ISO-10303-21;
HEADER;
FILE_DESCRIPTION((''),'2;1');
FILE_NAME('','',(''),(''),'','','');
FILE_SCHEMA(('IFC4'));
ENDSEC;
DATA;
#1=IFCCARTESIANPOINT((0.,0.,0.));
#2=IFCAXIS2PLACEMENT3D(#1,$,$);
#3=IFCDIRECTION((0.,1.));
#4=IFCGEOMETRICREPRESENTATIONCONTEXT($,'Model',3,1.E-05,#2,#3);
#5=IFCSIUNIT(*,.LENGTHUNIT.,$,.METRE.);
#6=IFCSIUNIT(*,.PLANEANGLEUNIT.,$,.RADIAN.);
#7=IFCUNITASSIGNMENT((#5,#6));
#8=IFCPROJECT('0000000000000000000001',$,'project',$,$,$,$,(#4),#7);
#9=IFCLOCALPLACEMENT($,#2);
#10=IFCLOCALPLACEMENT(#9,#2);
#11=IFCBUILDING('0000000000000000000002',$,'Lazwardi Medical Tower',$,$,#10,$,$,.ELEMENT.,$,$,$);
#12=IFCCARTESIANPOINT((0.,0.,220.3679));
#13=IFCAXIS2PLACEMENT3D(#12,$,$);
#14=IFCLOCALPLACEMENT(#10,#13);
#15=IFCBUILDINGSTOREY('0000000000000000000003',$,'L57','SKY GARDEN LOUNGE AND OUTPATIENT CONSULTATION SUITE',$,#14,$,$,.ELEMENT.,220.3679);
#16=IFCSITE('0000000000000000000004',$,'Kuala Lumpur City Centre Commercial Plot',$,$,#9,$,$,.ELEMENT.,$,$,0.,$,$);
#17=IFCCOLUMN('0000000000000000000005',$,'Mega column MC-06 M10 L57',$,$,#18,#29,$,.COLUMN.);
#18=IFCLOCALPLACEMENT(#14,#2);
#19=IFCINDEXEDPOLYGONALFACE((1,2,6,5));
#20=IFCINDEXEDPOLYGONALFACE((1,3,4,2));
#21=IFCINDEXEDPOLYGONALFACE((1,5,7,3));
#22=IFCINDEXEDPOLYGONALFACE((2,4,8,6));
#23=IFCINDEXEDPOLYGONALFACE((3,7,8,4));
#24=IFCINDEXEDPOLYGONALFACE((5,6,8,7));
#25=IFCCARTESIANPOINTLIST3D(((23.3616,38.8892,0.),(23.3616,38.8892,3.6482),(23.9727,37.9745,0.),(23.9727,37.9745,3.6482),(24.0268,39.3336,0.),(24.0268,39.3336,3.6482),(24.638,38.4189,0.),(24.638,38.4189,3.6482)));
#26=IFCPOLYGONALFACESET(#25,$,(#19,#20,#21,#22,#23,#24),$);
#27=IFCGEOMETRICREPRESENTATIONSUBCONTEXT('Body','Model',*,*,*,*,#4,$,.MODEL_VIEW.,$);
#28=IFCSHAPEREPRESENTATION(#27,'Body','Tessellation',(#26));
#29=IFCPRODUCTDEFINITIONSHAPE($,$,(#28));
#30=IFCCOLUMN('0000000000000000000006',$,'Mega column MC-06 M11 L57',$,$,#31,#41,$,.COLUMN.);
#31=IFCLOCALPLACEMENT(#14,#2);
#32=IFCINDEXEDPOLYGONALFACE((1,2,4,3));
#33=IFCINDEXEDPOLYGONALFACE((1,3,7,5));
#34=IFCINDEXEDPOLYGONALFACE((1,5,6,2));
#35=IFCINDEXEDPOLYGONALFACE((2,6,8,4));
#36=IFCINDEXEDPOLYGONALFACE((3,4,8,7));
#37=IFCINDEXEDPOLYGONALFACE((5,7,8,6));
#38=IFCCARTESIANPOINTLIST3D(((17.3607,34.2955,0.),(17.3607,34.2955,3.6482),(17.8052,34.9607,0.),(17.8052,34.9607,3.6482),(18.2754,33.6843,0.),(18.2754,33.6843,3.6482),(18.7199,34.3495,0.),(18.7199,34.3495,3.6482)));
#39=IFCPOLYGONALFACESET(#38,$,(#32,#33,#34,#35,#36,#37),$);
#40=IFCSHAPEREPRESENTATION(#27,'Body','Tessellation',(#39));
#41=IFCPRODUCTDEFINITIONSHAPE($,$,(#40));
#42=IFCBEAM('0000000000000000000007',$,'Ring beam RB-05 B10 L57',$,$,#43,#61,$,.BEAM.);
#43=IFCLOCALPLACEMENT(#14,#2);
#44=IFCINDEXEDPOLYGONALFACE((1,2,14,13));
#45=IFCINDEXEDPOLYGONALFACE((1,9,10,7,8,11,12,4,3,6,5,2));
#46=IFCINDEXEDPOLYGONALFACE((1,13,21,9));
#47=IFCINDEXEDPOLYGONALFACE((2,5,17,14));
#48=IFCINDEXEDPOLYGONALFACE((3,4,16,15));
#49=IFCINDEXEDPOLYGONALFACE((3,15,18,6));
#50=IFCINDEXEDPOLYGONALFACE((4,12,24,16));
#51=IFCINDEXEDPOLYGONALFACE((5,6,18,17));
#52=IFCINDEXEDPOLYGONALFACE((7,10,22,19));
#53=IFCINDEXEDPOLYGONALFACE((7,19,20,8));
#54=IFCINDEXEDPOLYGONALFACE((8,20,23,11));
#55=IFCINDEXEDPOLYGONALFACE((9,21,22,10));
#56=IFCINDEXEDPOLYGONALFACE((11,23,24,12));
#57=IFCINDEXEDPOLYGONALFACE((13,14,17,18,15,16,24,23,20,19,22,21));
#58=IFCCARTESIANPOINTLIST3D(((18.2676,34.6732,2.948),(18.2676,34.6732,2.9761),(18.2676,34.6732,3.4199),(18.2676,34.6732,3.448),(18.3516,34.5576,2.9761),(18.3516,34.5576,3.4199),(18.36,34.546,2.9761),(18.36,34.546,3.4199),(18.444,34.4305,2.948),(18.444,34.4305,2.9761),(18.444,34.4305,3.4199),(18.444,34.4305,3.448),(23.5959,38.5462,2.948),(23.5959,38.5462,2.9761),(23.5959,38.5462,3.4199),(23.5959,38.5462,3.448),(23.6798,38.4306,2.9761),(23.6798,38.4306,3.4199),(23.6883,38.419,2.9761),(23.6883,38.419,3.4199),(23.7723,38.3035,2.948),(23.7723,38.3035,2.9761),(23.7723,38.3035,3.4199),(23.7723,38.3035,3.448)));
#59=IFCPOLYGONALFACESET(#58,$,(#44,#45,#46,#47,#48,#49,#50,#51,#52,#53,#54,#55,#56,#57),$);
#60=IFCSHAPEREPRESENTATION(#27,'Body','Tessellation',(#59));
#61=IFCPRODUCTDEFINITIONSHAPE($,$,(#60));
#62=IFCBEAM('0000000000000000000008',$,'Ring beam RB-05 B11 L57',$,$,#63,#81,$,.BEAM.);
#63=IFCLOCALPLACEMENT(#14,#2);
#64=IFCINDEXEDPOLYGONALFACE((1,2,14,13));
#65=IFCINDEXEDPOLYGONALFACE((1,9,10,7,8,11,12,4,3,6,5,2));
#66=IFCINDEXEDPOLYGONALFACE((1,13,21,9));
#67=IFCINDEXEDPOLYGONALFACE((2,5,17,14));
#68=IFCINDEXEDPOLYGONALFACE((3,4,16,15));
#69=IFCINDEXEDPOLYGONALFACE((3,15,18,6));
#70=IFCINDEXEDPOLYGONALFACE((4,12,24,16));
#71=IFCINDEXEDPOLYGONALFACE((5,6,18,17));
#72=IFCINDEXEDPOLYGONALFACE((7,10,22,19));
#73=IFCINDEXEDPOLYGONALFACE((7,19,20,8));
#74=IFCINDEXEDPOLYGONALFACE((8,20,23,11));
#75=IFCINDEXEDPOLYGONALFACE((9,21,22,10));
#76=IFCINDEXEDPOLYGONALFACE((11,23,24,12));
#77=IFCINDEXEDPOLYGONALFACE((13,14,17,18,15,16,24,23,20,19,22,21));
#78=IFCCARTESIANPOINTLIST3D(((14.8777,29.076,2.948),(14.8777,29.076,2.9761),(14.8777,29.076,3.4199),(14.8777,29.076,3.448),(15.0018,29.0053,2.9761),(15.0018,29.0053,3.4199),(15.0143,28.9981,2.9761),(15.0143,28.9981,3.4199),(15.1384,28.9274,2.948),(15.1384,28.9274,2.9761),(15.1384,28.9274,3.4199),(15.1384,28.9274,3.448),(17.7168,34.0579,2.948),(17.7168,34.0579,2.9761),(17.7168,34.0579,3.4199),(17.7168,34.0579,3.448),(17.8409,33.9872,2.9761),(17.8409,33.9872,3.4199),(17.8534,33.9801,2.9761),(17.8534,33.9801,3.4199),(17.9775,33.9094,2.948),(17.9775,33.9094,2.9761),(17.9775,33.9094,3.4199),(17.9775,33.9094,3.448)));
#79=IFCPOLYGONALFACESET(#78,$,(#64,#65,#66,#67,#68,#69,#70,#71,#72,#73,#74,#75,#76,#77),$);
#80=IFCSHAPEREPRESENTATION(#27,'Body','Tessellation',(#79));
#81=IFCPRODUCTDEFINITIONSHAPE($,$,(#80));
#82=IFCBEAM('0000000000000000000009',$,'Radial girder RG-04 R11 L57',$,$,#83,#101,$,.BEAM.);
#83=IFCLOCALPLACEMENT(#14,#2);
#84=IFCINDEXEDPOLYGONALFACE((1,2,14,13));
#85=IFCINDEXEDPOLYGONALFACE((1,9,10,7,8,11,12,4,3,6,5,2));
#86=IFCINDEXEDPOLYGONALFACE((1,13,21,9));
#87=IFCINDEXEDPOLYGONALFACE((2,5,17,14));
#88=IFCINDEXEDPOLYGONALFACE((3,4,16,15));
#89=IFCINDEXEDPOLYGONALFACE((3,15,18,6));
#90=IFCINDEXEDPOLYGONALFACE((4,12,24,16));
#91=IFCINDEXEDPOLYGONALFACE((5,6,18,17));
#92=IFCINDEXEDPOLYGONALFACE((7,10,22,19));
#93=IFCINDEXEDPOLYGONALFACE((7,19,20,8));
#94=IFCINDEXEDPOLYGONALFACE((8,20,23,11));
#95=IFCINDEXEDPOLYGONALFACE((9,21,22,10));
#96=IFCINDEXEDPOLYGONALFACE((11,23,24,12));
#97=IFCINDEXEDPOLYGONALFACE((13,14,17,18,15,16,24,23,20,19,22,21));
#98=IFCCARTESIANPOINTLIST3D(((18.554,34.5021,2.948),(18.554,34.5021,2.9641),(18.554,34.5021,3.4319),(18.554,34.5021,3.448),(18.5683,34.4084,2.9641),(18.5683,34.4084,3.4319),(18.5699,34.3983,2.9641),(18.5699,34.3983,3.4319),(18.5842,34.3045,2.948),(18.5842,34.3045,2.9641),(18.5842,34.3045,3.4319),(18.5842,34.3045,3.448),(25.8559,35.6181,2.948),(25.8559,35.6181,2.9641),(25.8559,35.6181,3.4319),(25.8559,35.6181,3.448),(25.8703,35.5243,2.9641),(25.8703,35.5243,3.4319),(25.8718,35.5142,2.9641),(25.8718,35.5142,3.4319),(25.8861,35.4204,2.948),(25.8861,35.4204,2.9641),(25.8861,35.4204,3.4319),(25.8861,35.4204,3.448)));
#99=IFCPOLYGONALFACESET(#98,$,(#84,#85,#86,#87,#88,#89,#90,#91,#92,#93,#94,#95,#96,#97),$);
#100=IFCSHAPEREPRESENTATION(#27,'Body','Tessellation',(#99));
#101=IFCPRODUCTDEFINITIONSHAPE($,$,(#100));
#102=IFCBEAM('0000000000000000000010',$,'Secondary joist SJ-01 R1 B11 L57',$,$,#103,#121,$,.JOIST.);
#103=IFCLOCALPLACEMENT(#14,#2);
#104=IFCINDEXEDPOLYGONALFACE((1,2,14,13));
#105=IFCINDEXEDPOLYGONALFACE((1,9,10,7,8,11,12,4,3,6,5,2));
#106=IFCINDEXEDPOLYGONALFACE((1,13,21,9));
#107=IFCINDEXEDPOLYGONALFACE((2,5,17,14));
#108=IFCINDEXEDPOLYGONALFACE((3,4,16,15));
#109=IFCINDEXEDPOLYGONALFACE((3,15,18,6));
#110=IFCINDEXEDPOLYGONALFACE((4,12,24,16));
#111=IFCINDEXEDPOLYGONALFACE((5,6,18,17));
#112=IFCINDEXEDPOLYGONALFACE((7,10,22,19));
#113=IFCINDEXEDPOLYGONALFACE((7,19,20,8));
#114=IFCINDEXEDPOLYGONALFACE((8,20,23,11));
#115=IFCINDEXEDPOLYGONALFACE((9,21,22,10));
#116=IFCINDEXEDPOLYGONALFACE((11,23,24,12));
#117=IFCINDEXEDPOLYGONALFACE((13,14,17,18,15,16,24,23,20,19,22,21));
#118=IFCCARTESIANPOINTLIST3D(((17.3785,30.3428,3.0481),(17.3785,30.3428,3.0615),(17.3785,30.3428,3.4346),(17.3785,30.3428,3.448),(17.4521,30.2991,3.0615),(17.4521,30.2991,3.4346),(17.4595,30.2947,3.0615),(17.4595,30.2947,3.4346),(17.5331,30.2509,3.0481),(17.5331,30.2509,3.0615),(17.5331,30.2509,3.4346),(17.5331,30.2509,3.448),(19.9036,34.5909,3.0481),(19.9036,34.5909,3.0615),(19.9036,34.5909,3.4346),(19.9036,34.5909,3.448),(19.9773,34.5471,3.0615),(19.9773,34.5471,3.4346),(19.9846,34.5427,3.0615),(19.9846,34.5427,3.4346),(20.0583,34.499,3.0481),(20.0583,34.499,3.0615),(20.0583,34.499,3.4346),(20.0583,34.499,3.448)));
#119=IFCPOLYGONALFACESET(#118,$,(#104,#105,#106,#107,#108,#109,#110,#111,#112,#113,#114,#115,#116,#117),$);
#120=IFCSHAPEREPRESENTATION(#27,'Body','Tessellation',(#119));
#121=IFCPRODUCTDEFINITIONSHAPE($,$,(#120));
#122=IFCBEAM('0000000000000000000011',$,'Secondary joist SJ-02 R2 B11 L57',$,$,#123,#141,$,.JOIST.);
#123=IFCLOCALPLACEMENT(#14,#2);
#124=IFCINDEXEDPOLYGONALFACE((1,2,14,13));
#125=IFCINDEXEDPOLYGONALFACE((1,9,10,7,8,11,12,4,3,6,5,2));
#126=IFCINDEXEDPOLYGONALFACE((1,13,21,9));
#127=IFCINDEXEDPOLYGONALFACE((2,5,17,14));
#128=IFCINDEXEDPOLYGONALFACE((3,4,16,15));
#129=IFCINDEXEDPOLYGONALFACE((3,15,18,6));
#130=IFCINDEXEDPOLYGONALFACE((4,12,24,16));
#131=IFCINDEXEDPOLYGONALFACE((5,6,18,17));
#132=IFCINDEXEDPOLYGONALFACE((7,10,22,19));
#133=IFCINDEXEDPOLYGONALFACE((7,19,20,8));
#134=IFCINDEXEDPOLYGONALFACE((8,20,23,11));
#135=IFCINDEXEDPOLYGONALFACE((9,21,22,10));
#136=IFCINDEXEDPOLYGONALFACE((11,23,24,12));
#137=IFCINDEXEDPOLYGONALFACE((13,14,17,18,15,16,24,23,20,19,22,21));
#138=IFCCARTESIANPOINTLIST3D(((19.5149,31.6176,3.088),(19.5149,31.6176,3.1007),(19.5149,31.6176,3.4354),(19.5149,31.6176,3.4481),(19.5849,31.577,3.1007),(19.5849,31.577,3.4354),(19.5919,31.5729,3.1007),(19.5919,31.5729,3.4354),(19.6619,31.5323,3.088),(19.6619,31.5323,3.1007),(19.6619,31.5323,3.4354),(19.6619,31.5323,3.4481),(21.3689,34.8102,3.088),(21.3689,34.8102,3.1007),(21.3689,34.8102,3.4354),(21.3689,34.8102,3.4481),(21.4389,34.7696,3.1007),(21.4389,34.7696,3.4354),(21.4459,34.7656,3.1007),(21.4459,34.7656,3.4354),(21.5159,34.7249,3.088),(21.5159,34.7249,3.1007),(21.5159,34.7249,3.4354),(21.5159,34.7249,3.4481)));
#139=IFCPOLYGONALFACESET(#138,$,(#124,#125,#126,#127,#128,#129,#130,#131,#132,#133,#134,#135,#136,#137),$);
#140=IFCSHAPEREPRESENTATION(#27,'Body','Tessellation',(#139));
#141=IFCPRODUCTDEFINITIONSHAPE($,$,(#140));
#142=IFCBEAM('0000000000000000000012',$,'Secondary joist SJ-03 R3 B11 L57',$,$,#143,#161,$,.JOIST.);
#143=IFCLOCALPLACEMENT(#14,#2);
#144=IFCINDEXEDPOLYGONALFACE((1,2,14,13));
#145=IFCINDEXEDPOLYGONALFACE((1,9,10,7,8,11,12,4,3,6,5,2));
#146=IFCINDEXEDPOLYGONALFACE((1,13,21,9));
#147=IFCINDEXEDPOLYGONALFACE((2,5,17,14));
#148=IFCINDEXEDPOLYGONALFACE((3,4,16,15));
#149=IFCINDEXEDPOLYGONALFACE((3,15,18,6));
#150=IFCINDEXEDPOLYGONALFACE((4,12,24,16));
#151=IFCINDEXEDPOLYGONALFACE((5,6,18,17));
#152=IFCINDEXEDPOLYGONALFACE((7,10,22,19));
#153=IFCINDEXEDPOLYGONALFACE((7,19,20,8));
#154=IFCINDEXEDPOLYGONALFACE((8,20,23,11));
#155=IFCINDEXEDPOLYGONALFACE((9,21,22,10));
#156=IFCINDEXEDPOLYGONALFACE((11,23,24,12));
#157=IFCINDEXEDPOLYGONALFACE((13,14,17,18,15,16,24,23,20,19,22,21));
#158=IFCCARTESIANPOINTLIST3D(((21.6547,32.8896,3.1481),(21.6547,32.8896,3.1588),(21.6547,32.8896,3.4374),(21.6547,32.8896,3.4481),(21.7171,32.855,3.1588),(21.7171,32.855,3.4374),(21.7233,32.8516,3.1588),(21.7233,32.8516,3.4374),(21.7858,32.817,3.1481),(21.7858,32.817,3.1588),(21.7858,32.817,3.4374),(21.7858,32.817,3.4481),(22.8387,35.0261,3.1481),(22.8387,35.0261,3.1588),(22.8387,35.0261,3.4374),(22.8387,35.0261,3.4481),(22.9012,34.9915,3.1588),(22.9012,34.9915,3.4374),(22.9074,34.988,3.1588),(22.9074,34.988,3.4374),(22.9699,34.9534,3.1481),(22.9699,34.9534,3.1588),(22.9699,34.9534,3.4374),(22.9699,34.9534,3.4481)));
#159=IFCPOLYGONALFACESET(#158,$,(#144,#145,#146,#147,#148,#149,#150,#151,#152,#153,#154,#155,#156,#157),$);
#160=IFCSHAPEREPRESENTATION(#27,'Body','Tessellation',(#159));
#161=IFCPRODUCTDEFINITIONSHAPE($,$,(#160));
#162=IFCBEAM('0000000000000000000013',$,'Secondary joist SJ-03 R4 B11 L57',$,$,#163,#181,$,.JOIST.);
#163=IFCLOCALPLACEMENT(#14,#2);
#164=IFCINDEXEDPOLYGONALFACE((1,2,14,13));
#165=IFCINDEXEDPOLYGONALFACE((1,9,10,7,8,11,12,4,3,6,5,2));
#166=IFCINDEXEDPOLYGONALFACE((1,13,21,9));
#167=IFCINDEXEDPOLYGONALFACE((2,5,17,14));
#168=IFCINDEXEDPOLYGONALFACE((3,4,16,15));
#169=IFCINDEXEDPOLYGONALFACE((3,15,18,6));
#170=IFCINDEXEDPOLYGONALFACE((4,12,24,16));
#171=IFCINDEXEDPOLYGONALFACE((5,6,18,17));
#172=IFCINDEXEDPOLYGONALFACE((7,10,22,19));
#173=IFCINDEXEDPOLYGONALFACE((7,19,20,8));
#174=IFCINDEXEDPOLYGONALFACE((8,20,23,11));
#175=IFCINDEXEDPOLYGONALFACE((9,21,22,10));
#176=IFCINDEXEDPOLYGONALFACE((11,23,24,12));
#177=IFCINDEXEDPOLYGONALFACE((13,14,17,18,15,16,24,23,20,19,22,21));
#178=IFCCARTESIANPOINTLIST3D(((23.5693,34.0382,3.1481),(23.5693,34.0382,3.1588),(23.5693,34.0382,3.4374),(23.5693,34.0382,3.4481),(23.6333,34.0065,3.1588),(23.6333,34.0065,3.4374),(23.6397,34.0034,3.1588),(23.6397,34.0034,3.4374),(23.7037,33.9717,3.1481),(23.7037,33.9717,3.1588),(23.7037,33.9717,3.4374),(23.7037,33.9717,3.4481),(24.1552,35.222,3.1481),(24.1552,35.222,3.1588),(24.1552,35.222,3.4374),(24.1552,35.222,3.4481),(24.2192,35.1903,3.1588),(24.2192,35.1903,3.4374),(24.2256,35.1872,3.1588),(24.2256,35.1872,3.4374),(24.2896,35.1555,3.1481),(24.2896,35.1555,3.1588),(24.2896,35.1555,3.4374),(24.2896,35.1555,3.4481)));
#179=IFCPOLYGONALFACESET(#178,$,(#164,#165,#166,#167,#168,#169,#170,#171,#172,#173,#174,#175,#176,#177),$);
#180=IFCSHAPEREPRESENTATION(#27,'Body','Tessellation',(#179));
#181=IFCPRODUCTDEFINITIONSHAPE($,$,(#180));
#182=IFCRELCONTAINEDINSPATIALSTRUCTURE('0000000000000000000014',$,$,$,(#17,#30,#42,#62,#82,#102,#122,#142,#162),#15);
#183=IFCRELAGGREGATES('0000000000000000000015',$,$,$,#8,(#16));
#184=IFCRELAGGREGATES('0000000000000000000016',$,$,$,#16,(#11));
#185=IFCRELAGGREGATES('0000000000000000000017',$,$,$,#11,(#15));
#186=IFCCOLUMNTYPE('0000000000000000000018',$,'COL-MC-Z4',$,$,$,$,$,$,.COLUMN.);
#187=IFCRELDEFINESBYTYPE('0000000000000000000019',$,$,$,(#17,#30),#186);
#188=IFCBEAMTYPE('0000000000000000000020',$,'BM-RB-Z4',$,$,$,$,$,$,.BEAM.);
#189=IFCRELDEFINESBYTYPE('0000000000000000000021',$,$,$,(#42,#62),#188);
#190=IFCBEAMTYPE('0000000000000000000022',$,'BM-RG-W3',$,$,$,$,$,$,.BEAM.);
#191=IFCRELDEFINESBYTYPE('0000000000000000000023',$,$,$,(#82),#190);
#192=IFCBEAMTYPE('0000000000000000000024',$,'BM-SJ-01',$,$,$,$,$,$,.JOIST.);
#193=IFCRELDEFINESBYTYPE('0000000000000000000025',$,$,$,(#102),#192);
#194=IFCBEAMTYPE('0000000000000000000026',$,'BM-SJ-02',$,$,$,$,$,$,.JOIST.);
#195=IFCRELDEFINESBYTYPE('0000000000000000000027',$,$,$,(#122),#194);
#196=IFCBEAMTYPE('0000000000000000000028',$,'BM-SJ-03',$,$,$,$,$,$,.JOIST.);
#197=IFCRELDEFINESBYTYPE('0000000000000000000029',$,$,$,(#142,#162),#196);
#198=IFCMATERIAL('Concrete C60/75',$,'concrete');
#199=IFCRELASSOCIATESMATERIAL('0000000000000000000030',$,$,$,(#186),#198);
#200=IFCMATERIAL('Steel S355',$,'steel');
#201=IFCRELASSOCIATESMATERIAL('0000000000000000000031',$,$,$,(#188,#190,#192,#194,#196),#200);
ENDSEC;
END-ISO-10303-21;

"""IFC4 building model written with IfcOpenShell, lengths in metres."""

from ifc_helpers import new_model, si_unit, direction, frame, origin, origin_2d, place, context, subcontext, project, spatial, rectangle, i_section, extrude, material, material_profile, profile_set, type_object, element, save


model = new_model("IFC4")

# Units and contexts
model_context = context("Model", 3, precision=1e-05, world=origin(), true_north=direction((0.0, 1.0)))
body_context = subcontext(model_context, "Body", "Model", "MODEL_VIEW")
ifc_project = project(units=[si_unit("LENGTHUNIT", "METRE"), si_unit("PLANEANGLEUNIT", "RADIAN")], contexts=[model_context])

# Site, building, storey
site_placement = place(None, origin())
site = spatial("IfcSite", under=ifc_project, at=site_placement, Name="Kuala Lumpur City Centre Commercial Plot", CompositionType="ELEMENT", RefElevation=0.0)
building_placement = place(site_placement, origin())
building = spatial("IfcBuilding", under=site, at=building_placement, Name="Lazwardi Medical Tower", CompositionType="ELEMENT")
storey_placement = place(building_placement, frame((0.0, 0.0, 220.3679)))
storey = spatial("IfcBuildingStorey", under=building, at=storey_placement, Name="L57", Description="SKY GARDEN LOUNGE AND OUTPATIENT CONSULTATION SUITE", CompositionType="ELEMENT", Elevation=220.3679)

# Columns
ifc_material_1 = material(Name="Concrete C60/75", Category="concrete")
ifc_material_profile_1 = material_profile(ifc_material_1, rectangle(XDim=1.1001, YDim=0.8, at=origin_2d()), Name="CFT-RECT 1100x800")
ifc_profile_set_1 = profile_set([ifc_material_profile_1], Name="Concrete C60/75")
column_type = type_object("IfcColumnType", Name="COL-MC-Z4", PredefinedType="COLUMN", material=ifc_profile_set_1)
for number, where, z_axis, x_axis, name in (
    (1, (23.9998, 38.6541, 0.0), (0.0, 0.0, 1.0), (-0.55557, 0.83147, 0.0), "Mega column MC-06 M10 L57"),
    (2, (18.0403, 34.3225, 0.0), (0.0, 0.0, 1.0), (-0.83147, 0.55557, 0.0), "Mega column MC-06 M11 L57"),
):
    element("IfcColumn", number, at=place(storey_placement, frame(where, z_axis=z_axis, x_axis=x_axis)), inside=storey, type_object=column_type, Name=name, PredefinedType="COLUMN", context=body_context, shape_type="SweptSolid", body=[
        extrude(rectangle(XDim=1.1001, YDim=0.8, at=origin_2d()), origin(), (0.0, 0.0, 1.0), 3.6482),
    ])

# Beams
ifc_material_2 = material(Name="Steel S355", Category="steel")
ifc_material_profile_2 = material_profile(ifc_material_2, i_section(OverallWidth=0.3, OverallDepth=0.5, WebThickness=0.0144, FlangeThickness=0.0281, at=origin_2d()), Name="HEB 500")
ifc_profile_set_2 = profile_set([ifc_material_profile_2], Name="Steel S355")
beam_type_1 = type_object("IfcBeamType", Name="BM-RB-Z4", PredefinedType="BEAM", material=ifc_profile_set_2)
beam_1_placement = place(storey_placement, frame((23.6841, 38.4248, 3.198), z_axis=(-0.80889, -0.58796, 0.0), x_axis=(0.58796, -0.80889, 0.0)))
element("IfcBeam", 3, at=beam_1_placement, inside=storey, type_object=beam_type_1, Name="Ring beam RB-05 B10 L57", PredefinedType="BEAM", context=body_context, shape_type="SweptSolid", body=[
    extrude(i_section(OverallWidth=0.3, OverallDepth=0.5, WebThickness=0.0144, FlangeThickness=0.0281, at=origin_2d()), origin(), (0.0, 0.0, 1.0), 6.5872),
])
beam_2_placement = place(storey_placement, frame((17.8472, 33.9836, 3.198), z_axis=(-0.495125, -0.868822, 0.0), x_axis=(0.868822, -0.495125, 0.0)))
element("IfcBeam", 4, at=beam_2_placement, inside=storey, type_object=beam_type_1, Name="Ring beam RB-05 B11 L57", PredefinedType="BEAM", context=body_context, shape_type="SweptSolid", body=[
    extrude(i_section(OverallWidth=0.3, OverallDepth=0.5, WebThickness=0.0144, FlangeThickness=0.0281, at=origin_2d()), origin(), (0.0, 0.0, 1.0), 5.7341),
])
ifc_material_profile_3 = material_profile(ifc_material_2, i_section(OverallWidth=0.2, OverallDepth=0.5, WebThickness=0.0103, FlangeThickness=0.0161, at=origin_2d()), Name="IPE 500")
ifc_profile_set_3 = profile_set([ifc_material_profile_3], Name="Steel S355")
beam_type_2 = type_object("IfcBeamType", Name="BM-RG-W3", PredefinedType="BEAM", material=ifc_profile_set_3)
beam_3_placement = place(storey_placement, frame((18.5691, 34.4033, 3.198), z_axis=(0.988522, 0.151076, 0.0), x_axis=(-0.151076, 0.988522, 0.0)))
element("IfcBeam", 5, at=beam_3_placement, inside=storey, type_object=beam_type_2, Name="Radial girder RG-04 R11 L57", PredefinedType="BEAM", context=body_context, shape_type="SweptSolid", body=[
    extrude(i_section(OverallWidth=0.2, OverallDepth=0.5, WebThickness=0.0103, FlangeThickness=0.0161, at=origin_2d()), origin(), (0.0, 0.0, 1.0), 7.3867),
])
ifc_material_profile_4 = material_profile(ifc_material_2, i_section(OverallWidth=0.1799, OverallDepth=0.3999, WebThickness=0.0085, FlangeThickness=0.0134, at=origin_2d()), Name="IPE 400")
ifc_profile_set_4 = profile_set([ifc_material_profile_4], Name="Steel S355")
beam_type_3 = type_object("IfcBeamType", Name="BM-SJ-01", PredefinedType="JOIST", material=ifc_profile_set_4)
beam_4_placement = place(storey_placement, frame((19.981, 34.5449, 3.248), z_axis=(-0.510968, -0.8596, 0.0), x_axis=(0.8596, -0.510968, 0.0)))
element("IfcBeam", 6, at=beam_4_placement, inside=storey, type_object=beam_type_3, Name="Secondary joist SJ-01 R1 B11 L57", PredefinedType="JOIST", context=body_context, shape_type="SweptSolid", body=[
    extrude(i_section(OverallWidth=0.1799, OverallDepth=0.3999, WebThickness=0.0085, FlangeThickness=0.0134, at=origin_2d()), origin(), (0.0, 0.0, 1.0), 4.9419),
])
ifc_material_profile_5 = material_profile(ifc_material_2, i_section(OverallWidth=0.1699, OverallDepth=0.3601, WebThickness=0.0081, FlangeThickness=0.0127, at=origin_2d()), Name="IPE 360")
ifc_profile_set_5 = profile_set([ifc_material_profile_5], Name="Steel S355")
beam_type_4 = type_object("IfcBeamType", Name="BM-SJ-02", PredefinedType="JOIST", material=ifc_profile_set_5)
beam_5_placement = place(storey_placement, frame((21.4424, 34.7676, 3.2681), z_axis=(-0.50218, -0.864763, 0.0), x_axis=(0.864763, -0.50218, 0.0)))
element("IfcBeam", 7, at=beam_5_placement, inside=storey, type_object=beam_type_4, Name="Secondary joist SJ-02 R2 B11 L57", PredefinedType="JOIST", context=body_context, shape_type="SweptSolid", body=[
    extrude(i_section(OverallWidth=0.1699, OverallDepth=0.3601, WebThickness=0.0081, FlangeThickness=0.0127, at=origin_2d()), origin(), (0.0, 0.0, 1.0), 3.6919),
])
ifc_material_profile_6 = material_profile(ifc_material_2, i_section(OverallWidth=0.1499, OverallDepth=0.3, WebThickness=0.0071, FlangeThickness=0.0107, at=origin_2d()), Name="IPE 300")
ifc_profile_set_6 = profile_set([ifc_material_profile_6], Name="Steel S355")
beam_type_5 = type_object("IfcBeamType", Name="BM-SJ-03", PredefinedType="JOIST", material=ifc_profile_set_6)
beam_6_placement = place(storey_placement, frame((22.9043, 34.9897, 3.2981), z_axis=(-0.484752, -0.874652, 0.0), x_axis=(0.874652, -0.484752, 0.0)))
element("IfcBeam", 8, at=beam_6_placement, inside=storey, type_object=beam_type_5, Name="Secondary joist SJ-03 R3 B11 L57", PredefinedType="JOIST", context=body_context, shape_type="SweptSolid", body=[
    extrude(i_section(OverallWidth=0.1499, OverallDepth=0.3, WebThickness=0.0071, FlangeThickness=0.0107, at=origin_2d()), origin(), (0.0, 0.0, 1.0), 2.4426),
])
beam_7_placement = place(storey_placement, frame((24.2224, 35.1887, 3.2981), z_axis=(-0.443587, -0.896231, 0.0), x_axis=(0.896231, -0.443587, 0.0)))
element("IfcBeam", 9, at=beam_7_placement, inside=storey, type_object=beam_type_5, Name="Secondary joist SJ-03 R4 B11 L57", PredefinedType="JOIST", context=body_context, shape_type="SweptSolid", body=[
    extrude(i_section(OverallWidth=0.1499, OverallDepth=0.3, WebThickness=0.0071, FlangeThickness=0.0107, at=origin_2d()), origin(), (0.0, 0.0, 1.0), 1.3208),
])

save(model, "model.ifc")
